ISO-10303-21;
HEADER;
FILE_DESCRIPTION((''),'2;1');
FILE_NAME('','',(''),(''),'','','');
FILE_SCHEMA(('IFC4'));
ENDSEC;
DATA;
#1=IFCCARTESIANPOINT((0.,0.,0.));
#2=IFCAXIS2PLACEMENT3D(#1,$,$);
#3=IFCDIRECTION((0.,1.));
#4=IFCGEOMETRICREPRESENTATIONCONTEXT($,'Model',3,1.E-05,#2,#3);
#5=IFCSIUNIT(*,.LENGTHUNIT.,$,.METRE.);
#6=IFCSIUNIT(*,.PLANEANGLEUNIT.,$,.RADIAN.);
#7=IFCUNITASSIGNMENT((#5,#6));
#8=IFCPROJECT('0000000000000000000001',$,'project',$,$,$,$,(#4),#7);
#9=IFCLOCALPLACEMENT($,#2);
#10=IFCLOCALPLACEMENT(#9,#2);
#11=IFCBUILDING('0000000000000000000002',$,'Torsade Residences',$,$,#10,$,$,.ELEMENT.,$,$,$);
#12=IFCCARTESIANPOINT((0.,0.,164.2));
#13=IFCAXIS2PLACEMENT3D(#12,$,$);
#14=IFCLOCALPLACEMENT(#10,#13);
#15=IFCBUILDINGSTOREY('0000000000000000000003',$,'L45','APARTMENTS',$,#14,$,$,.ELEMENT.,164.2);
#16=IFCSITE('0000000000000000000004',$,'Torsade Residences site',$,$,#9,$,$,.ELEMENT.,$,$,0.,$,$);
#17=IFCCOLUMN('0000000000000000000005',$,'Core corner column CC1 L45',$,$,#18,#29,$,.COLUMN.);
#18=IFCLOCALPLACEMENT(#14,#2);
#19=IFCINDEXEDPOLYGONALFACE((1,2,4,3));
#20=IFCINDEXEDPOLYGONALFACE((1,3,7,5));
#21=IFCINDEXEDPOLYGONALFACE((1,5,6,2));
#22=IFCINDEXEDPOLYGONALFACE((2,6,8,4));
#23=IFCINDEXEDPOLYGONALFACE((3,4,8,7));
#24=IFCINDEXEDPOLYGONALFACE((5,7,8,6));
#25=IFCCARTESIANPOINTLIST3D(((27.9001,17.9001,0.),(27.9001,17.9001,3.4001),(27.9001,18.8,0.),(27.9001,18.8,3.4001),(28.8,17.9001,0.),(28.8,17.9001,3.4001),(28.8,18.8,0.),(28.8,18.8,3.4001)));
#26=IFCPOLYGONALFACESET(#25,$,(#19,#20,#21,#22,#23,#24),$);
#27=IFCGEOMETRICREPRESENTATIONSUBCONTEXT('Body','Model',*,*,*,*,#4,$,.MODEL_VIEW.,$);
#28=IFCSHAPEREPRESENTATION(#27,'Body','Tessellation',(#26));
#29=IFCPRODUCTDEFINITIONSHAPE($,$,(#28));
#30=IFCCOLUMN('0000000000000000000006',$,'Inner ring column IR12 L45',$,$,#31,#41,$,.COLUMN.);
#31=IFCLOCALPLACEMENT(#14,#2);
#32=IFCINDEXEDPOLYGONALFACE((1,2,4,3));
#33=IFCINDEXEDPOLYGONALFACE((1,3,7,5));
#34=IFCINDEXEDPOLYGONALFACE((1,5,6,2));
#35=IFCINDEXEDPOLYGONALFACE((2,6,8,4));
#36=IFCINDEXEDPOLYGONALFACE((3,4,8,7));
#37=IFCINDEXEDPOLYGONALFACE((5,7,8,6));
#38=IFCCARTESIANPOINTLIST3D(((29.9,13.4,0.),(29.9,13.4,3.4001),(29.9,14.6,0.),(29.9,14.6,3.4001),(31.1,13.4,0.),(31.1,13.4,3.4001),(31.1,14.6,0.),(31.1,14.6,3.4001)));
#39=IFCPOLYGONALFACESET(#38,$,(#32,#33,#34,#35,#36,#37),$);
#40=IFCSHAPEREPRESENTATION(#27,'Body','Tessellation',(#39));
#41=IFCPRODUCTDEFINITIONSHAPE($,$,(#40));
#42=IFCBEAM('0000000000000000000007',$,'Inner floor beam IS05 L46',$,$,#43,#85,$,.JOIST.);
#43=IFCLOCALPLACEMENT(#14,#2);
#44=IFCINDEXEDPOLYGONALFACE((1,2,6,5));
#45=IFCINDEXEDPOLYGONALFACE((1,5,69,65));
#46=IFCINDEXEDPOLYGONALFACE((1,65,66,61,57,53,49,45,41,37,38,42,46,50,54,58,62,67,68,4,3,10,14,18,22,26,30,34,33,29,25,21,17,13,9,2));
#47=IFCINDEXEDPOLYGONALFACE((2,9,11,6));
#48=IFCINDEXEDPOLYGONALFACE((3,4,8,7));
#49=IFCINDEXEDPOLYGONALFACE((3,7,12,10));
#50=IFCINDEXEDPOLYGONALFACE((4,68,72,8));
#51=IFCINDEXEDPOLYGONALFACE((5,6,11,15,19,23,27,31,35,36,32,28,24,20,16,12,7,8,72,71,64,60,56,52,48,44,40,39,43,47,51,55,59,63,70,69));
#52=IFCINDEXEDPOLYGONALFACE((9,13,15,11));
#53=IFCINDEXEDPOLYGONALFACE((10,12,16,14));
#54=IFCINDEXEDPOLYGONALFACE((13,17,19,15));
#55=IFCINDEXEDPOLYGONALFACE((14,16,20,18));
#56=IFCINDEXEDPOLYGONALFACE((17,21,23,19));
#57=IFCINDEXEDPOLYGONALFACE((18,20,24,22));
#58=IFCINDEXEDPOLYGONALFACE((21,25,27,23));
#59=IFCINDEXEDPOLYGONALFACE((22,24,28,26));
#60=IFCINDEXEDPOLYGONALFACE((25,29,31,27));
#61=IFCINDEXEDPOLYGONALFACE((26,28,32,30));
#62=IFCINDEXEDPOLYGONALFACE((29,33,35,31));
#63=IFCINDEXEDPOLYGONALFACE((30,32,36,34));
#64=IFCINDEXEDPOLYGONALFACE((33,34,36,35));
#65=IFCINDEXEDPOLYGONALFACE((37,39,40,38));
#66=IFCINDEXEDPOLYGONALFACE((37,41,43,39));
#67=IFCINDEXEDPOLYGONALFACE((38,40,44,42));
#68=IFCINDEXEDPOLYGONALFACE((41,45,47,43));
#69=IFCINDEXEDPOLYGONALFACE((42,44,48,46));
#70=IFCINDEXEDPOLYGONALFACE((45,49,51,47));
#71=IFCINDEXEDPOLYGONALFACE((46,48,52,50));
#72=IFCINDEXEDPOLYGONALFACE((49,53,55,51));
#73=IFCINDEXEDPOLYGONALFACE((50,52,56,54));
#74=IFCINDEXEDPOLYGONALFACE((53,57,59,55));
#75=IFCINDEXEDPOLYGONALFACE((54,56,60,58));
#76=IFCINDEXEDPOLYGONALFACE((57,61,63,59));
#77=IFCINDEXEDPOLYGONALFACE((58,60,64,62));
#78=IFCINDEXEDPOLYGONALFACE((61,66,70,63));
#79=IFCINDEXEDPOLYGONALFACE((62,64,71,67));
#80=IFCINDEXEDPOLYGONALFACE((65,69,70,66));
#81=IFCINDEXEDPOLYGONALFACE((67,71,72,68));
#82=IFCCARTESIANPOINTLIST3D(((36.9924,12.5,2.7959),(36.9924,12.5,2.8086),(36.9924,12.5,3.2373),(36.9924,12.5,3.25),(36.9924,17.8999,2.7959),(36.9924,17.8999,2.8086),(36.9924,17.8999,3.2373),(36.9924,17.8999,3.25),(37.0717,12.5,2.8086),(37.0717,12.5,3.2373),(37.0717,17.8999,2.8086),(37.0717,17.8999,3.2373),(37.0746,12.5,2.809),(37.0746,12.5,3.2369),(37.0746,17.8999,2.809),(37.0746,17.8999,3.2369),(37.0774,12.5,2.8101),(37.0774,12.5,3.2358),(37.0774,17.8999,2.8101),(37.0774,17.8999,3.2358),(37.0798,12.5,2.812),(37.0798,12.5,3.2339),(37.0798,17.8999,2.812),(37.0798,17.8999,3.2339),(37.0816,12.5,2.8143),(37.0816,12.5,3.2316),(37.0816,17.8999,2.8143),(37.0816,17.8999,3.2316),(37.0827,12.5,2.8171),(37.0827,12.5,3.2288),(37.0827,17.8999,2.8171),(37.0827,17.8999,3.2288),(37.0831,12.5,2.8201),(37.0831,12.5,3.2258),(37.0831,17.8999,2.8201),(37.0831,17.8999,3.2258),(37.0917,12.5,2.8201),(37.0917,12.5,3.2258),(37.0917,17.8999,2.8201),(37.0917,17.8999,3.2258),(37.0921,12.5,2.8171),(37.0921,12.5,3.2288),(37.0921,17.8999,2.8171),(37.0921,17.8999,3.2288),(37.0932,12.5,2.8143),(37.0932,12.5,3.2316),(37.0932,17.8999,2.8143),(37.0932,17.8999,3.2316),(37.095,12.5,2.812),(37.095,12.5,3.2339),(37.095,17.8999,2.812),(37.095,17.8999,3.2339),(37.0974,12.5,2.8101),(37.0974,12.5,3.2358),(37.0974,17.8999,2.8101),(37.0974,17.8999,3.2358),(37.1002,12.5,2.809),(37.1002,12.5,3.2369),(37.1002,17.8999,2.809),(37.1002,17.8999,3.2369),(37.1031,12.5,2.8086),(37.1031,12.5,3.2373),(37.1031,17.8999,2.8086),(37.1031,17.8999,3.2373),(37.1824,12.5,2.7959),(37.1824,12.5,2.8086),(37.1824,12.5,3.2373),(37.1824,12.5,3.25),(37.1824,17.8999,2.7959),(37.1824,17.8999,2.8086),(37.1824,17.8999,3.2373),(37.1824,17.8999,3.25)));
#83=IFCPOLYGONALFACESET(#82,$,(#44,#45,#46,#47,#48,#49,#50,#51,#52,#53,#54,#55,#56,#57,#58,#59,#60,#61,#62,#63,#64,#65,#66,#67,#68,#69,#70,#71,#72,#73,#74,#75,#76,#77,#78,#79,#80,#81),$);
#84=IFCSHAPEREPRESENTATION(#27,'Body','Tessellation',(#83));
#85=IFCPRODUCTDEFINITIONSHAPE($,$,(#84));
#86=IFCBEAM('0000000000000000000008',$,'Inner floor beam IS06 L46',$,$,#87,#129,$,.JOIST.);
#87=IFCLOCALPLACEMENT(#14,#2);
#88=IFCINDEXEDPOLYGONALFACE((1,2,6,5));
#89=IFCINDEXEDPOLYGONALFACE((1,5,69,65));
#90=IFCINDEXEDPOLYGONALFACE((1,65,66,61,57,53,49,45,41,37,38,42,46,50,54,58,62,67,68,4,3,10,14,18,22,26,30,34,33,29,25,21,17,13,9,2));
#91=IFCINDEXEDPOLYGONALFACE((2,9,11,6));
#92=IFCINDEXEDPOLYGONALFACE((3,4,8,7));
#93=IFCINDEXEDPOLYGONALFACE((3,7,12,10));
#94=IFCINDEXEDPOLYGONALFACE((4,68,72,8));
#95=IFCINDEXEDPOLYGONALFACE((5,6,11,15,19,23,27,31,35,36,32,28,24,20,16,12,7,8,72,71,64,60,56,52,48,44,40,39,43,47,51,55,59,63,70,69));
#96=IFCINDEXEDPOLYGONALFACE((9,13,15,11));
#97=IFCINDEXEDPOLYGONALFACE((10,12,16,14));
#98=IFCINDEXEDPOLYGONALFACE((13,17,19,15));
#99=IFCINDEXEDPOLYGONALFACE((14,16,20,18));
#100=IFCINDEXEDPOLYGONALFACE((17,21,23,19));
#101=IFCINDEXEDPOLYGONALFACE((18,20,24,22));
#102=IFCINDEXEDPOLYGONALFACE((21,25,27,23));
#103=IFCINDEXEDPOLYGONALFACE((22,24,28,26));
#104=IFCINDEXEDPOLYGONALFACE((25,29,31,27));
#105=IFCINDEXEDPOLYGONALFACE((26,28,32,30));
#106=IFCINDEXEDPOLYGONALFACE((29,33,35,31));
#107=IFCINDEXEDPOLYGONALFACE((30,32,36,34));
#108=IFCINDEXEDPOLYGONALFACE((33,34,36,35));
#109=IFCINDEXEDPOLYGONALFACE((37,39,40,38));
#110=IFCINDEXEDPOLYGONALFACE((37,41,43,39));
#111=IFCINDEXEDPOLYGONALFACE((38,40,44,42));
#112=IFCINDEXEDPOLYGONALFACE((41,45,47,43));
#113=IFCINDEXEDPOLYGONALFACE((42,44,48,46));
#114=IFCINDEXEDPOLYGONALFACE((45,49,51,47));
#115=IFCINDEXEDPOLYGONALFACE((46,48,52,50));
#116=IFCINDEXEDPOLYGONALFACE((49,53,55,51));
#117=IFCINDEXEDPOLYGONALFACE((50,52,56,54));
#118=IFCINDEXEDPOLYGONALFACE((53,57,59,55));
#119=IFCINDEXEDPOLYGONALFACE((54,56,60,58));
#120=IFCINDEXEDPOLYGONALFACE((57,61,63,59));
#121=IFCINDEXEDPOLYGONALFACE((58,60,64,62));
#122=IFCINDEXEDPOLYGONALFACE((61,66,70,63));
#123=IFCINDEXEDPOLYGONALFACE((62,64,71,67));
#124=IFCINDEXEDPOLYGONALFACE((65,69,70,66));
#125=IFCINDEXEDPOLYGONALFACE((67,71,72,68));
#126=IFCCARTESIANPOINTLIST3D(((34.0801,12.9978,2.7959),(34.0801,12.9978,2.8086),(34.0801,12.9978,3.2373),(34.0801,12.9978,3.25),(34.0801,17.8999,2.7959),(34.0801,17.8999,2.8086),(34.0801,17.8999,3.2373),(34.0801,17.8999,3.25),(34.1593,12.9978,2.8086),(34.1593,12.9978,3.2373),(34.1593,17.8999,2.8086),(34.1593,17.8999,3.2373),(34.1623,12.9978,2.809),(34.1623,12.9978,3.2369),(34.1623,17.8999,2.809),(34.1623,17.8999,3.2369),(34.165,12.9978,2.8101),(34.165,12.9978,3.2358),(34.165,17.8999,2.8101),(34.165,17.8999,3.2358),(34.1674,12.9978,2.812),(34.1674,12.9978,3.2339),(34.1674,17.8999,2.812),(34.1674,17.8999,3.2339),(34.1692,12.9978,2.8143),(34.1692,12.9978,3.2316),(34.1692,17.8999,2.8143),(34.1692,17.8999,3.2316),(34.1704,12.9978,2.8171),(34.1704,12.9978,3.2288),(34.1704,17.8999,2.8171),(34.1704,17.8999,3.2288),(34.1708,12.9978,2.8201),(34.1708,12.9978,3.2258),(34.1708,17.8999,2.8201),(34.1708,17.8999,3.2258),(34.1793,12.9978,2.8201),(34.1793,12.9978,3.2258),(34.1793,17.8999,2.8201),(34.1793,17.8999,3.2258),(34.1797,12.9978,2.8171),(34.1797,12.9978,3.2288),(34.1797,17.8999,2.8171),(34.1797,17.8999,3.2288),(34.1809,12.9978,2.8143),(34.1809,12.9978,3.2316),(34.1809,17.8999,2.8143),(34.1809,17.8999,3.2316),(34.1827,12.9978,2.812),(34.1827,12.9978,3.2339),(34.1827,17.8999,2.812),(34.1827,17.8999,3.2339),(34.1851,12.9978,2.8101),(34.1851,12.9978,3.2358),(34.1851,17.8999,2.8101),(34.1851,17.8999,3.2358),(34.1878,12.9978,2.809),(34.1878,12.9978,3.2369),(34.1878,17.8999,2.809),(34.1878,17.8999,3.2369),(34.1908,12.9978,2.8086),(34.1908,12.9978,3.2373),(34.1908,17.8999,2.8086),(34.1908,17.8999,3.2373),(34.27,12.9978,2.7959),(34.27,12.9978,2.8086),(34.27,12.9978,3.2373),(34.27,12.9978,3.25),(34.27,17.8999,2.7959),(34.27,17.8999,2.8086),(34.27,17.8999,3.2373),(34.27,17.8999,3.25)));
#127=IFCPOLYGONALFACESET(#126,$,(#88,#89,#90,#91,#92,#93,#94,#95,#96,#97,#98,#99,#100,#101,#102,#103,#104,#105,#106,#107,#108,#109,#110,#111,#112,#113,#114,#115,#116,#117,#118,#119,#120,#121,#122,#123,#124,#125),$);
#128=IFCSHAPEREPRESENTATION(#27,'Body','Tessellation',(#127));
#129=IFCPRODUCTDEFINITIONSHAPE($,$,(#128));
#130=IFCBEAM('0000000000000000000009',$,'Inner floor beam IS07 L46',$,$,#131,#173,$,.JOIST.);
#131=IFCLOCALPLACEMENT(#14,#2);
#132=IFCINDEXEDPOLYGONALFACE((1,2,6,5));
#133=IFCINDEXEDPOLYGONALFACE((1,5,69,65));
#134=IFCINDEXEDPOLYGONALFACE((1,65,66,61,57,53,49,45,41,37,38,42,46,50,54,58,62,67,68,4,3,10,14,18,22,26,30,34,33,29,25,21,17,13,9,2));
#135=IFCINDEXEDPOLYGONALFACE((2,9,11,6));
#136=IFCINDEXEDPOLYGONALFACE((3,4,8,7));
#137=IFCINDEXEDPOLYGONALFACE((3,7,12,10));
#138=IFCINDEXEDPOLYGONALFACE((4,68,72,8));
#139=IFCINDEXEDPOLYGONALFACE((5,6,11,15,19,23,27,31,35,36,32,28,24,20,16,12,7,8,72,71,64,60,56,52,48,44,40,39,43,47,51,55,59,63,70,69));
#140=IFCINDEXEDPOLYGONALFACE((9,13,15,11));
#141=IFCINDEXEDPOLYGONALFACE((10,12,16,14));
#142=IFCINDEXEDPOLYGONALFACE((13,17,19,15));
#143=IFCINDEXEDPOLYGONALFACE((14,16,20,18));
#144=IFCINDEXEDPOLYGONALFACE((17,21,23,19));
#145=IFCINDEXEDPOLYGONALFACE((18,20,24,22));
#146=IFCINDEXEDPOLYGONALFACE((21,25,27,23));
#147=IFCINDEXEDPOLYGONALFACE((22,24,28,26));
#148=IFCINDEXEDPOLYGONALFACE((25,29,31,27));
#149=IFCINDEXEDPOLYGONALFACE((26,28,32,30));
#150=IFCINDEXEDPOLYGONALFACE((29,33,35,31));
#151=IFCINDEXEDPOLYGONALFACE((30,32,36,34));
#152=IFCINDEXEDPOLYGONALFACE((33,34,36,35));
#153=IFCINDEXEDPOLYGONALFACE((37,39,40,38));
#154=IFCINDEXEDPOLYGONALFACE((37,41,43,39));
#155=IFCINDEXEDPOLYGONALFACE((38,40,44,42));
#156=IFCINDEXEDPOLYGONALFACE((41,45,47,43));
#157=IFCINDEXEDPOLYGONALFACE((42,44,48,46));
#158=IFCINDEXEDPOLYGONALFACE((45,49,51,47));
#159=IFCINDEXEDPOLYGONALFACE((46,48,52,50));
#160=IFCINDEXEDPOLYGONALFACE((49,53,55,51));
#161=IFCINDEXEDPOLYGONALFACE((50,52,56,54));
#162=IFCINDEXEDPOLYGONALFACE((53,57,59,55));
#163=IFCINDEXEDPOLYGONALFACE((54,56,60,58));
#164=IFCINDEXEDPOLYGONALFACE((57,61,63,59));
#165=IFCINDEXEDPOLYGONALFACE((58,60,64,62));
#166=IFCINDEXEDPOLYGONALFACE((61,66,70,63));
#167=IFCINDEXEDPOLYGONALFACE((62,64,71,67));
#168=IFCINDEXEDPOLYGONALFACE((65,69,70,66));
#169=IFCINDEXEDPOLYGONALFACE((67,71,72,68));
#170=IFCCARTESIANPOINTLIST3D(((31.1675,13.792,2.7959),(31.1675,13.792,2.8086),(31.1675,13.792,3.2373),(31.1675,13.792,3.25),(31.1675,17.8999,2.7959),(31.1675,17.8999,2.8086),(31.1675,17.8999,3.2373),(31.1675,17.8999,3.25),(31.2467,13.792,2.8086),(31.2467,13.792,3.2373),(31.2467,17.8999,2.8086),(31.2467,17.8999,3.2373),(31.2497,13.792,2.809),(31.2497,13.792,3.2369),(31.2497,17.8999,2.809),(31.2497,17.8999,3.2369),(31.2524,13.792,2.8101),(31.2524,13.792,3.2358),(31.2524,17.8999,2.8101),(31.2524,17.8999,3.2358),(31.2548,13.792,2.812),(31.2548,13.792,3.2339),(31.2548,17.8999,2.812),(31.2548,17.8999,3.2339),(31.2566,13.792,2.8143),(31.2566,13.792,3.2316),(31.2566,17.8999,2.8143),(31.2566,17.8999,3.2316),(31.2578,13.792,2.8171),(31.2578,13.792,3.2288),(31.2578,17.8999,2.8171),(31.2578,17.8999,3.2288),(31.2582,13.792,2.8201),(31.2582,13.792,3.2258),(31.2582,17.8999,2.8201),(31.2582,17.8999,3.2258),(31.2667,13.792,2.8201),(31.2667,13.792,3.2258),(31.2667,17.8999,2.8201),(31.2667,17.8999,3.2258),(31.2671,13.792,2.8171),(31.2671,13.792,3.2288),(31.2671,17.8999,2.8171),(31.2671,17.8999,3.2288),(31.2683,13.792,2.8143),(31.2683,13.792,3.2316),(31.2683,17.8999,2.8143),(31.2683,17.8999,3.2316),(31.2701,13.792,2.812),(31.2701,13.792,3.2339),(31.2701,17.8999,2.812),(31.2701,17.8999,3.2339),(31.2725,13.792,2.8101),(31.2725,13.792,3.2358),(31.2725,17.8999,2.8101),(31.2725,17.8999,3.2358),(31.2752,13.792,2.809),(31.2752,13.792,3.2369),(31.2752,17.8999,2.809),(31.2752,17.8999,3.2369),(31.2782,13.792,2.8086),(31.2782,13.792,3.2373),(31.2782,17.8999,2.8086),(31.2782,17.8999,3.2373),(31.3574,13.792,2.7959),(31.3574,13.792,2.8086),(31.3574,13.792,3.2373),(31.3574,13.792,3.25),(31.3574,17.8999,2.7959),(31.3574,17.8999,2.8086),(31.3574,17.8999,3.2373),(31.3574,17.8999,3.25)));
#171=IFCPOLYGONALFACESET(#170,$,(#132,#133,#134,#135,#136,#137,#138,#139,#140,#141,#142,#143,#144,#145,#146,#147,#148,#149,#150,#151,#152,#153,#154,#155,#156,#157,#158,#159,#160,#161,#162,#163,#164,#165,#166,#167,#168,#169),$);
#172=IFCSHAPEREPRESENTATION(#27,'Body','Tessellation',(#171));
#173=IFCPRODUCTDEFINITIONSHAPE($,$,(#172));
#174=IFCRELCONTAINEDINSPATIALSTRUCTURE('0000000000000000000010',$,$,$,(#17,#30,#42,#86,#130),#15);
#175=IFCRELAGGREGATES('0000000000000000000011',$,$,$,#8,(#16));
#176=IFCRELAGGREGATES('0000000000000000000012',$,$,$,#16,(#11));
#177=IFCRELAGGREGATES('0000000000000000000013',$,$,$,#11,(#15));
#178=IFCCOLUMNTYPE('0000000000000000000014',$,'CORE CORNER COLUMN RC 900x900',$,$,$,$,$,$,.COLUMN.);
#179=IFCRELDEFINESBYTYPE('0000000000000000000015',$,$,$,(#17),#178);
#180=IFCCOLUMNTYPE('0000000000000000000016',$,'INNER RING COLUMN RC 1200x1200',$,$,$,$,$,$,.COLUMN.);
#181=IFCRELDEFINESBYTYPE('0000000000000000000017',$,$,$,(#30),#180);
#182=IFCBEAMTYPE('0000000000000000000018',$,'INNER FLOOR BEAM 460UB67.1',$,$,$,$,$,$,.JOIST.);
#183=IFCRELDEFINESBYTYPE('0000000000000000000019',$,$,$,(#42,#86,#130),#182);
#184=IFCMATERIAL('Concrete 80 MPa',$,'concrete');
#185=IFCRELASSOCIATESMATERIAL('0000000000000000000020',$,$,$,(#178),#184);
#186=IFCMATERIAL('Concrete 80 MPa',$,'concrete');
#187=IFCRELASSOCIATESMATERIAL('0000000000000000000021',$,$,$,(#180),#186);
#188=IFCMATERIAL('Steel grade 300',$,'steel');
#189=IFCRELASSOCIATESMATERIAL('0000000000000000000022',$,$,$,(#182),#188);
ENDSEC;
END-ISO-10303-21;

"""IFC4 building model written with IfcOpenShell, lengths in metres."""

from ifc_helpers import new_model, si_unit, direction, frame, origin, origin_2d, place, context, subcontext, project, spatial, rectangle, i_section, extrude, material, material_profile, profile_set, type_object, element, save


model = new_model("IFC4")

# Units and contexts
model_context = context("Model", 3, precision=1e-05, world=origin(), true_north=direction((0.0, 1.0)))
body_context = subcontext(model_context, "Body", "Model", "MODEL_VIEW")
ifc_project = project(units=[si_unit("LENGTHUNIT", "METRE"), si_unit("PLANEANGLEUNIT", "RADIAN")], contexts=[model_context])

# Site, building, storey
site_placement = place(None, origin())
site = spatial("IfcSite", under=ifc_project, at=site_placement, Name="Torsade Residences site", CompositionType="ELEMENT", RefElevation=0.0)
building_placement = place(site_placement, origin())
building = spatial("IfcBuilding", under=site, at=building_placement, Name="Torsade Residences", CompositionType="ELEMENT")
storey_placement = place(building_placement, frame((0.0, 0.0, 164.2)))
storey = spatial("IfcBuildingStorey", under=building, at=storey_placement, Name="L45", Description="APARTMENTS", CompositionType="ELEMENT", Elevation=164.2)

# Columns
ifc_material_1 = material(Name="Concrete 80 MPa", Category="concrete")
ifc_material_profile_1 = material_profile(ifc_material_1, rectangle(XDim=0.8999, YDim=0.8999, at=origin_2d()), Name="RC 900x900")
ifc_profile_set_1 = profile_set([ifc_material_profile_1], Name="Concrete 80 MPa")
column_type_1 = type_object("IfcColumnType", Name="CORE CORNER COLUMN RC 900x900", PredefinedType="COLUMN", material=ifc_profile_set_1)
column_1_placement = place(storey_placement, frame((28.3501, 18.3501, 0.0), z_axis=(0.0, 0.0, 1.0), x_axis=(1.0, 0.0, 0.0)))
element("IfcColumn", 1, at=column_1_placement, inside=storey, type_object=column_type_1, Name="Core corner column CC1 L45", PredefinedType="COLUMN", context=body_context, shape_type="SweptSolid", body=[
    extrude(rectangle(XDim=0.8999, YDim=0.8999, at=origin_2d()), origin(), (0.0, 0.0, 1.0), 3.4001),
])
ifc_material_2 = material(Name="Concrete 80 MPa", Category="concrete")
ifc_material_profile_2 = material_profile(ifc_material_2, rectangle(XDim=1.2, YDim=1.2, at=origin_2d()), Name="RC 1200x1200")
ifc_profile_set_2 = profile_set([ifc_material_profile_2], Name="Concrete 80 MPa")
column_type_2 = type_object("IfcColumnType", Name="INNER RING COLUMN RC 1200x1200", PredefinedType="COLUMN", material=ifc_profile_set_2)
column_2_placement = place(storey_placement, frame((30.5, 14.0, 0.0), z_axis=(0.0, 0.0, 1.0), x_axis=(1.0, 0.0, 0.0)))
element("IfcColumn", 2, at=column_2_placement, inside=storey, type_object=column_type_2, Name="Inner ring column IR12 L45", PredefinedType="COLUMN", context=body_context, shape_type="SweptSolid", body=[
    extrude(rectangle(XDim=1.2, YDim=1.2, at=origin_2d()), origin(), (0.0, 0.0, 1.0), 3.4001),
])

# Beams
ifc_material_3 = material(Name="Steel grade 300", Category="steel")
ifc_material_profile_3 = material_profile(ifc_material_3, i_section(OverallWidth=0.1899, OverallDepth=0.4541, WebThickness=0.0085, FlangeThickness=0.0127, FilletRadius=0.0115, at=origin_2d()), Name="460UB67.1")
ifc_profile_set_3 = profile_set([ifc_material_profile_3], Name="Steel grade 300")
beam_type_1 = type_object("IfcBeamType", Name="INNER FLOOR BEAM 460UB67.1", PredefinedType="JOIST", material=ifc_profile_set_3)
beam_1_placement = place(storey_placement, frame((37.0874, 17.8999, 3.0229), z_axis=(0.0, -1.0, 0.0), x_axis=(1.0, 0.0, 0.0)))
element("IfcBeam", 3, at=beam_1_placement, inside=storey, type_object=beam_type_1, Name="Inner floor beam IS05 L46", PredefinedType="JOIST", context=body_context, shape_type="SweptSolid", body=[
    extrude(i_section(OverallWidth=0.1899, OverallDepth=0.4541, WebThickness=0.0085, FlangeThickness=0.0127, FilletRadius=0.0115, at=origin_2d()), origin(), (0.0, 0.0, 1.0), 5.3999),
])
beam_2_placement = place(storey_placement, frame((34.175, 17.8999, 3.0229), z_axis=(0.0, -1.0, 0.0), x_axis=(1.0, 0.0, 0.0)))
element("IfcBeam", 4, at=beam_2_placement, inside=storey, type_object=beam_type_1, Name="Inner floor beam IS06 L46", PredefinedType="JOIST", context=body_context, shape_type="SweptSolid", body=[
    extrude(i_section(OverallWidth=0.1899, OverallDepth=0.4541, WebThickness=0.0085, FlangeThickness=0.0127, FilletRadius=0.0115, at=origin_2d()), origin(), (0.0, 0.0, 1.0), 4.9021),
])
beam_3_placement = place(storey_placement, frame((31.2625, 17.8999, 3.0229), z_axis=(0.0, -1.0, 0.0), x_axis=(1.0, 0.0, 0.0)))
element("IfcBeam", 5, at=beam_3_placement, inside=storey, type_object=beam_type_1, Name="Inner floor beam IS07 L46", PredefinedType="JOIST", context=body_context, shape_type="SweptSolid", body=[
    extrude(i_section(OverallWidth=0.1899, OverallDepth=0.4541, WebThickness=0.0085, FlangeThickness=0.0127, FilletRadius=0.0115, at=origin_2d()), origin(), (0.0, 0.0, 1.0), 4.1079),
])

save(model, "model.ifc")
